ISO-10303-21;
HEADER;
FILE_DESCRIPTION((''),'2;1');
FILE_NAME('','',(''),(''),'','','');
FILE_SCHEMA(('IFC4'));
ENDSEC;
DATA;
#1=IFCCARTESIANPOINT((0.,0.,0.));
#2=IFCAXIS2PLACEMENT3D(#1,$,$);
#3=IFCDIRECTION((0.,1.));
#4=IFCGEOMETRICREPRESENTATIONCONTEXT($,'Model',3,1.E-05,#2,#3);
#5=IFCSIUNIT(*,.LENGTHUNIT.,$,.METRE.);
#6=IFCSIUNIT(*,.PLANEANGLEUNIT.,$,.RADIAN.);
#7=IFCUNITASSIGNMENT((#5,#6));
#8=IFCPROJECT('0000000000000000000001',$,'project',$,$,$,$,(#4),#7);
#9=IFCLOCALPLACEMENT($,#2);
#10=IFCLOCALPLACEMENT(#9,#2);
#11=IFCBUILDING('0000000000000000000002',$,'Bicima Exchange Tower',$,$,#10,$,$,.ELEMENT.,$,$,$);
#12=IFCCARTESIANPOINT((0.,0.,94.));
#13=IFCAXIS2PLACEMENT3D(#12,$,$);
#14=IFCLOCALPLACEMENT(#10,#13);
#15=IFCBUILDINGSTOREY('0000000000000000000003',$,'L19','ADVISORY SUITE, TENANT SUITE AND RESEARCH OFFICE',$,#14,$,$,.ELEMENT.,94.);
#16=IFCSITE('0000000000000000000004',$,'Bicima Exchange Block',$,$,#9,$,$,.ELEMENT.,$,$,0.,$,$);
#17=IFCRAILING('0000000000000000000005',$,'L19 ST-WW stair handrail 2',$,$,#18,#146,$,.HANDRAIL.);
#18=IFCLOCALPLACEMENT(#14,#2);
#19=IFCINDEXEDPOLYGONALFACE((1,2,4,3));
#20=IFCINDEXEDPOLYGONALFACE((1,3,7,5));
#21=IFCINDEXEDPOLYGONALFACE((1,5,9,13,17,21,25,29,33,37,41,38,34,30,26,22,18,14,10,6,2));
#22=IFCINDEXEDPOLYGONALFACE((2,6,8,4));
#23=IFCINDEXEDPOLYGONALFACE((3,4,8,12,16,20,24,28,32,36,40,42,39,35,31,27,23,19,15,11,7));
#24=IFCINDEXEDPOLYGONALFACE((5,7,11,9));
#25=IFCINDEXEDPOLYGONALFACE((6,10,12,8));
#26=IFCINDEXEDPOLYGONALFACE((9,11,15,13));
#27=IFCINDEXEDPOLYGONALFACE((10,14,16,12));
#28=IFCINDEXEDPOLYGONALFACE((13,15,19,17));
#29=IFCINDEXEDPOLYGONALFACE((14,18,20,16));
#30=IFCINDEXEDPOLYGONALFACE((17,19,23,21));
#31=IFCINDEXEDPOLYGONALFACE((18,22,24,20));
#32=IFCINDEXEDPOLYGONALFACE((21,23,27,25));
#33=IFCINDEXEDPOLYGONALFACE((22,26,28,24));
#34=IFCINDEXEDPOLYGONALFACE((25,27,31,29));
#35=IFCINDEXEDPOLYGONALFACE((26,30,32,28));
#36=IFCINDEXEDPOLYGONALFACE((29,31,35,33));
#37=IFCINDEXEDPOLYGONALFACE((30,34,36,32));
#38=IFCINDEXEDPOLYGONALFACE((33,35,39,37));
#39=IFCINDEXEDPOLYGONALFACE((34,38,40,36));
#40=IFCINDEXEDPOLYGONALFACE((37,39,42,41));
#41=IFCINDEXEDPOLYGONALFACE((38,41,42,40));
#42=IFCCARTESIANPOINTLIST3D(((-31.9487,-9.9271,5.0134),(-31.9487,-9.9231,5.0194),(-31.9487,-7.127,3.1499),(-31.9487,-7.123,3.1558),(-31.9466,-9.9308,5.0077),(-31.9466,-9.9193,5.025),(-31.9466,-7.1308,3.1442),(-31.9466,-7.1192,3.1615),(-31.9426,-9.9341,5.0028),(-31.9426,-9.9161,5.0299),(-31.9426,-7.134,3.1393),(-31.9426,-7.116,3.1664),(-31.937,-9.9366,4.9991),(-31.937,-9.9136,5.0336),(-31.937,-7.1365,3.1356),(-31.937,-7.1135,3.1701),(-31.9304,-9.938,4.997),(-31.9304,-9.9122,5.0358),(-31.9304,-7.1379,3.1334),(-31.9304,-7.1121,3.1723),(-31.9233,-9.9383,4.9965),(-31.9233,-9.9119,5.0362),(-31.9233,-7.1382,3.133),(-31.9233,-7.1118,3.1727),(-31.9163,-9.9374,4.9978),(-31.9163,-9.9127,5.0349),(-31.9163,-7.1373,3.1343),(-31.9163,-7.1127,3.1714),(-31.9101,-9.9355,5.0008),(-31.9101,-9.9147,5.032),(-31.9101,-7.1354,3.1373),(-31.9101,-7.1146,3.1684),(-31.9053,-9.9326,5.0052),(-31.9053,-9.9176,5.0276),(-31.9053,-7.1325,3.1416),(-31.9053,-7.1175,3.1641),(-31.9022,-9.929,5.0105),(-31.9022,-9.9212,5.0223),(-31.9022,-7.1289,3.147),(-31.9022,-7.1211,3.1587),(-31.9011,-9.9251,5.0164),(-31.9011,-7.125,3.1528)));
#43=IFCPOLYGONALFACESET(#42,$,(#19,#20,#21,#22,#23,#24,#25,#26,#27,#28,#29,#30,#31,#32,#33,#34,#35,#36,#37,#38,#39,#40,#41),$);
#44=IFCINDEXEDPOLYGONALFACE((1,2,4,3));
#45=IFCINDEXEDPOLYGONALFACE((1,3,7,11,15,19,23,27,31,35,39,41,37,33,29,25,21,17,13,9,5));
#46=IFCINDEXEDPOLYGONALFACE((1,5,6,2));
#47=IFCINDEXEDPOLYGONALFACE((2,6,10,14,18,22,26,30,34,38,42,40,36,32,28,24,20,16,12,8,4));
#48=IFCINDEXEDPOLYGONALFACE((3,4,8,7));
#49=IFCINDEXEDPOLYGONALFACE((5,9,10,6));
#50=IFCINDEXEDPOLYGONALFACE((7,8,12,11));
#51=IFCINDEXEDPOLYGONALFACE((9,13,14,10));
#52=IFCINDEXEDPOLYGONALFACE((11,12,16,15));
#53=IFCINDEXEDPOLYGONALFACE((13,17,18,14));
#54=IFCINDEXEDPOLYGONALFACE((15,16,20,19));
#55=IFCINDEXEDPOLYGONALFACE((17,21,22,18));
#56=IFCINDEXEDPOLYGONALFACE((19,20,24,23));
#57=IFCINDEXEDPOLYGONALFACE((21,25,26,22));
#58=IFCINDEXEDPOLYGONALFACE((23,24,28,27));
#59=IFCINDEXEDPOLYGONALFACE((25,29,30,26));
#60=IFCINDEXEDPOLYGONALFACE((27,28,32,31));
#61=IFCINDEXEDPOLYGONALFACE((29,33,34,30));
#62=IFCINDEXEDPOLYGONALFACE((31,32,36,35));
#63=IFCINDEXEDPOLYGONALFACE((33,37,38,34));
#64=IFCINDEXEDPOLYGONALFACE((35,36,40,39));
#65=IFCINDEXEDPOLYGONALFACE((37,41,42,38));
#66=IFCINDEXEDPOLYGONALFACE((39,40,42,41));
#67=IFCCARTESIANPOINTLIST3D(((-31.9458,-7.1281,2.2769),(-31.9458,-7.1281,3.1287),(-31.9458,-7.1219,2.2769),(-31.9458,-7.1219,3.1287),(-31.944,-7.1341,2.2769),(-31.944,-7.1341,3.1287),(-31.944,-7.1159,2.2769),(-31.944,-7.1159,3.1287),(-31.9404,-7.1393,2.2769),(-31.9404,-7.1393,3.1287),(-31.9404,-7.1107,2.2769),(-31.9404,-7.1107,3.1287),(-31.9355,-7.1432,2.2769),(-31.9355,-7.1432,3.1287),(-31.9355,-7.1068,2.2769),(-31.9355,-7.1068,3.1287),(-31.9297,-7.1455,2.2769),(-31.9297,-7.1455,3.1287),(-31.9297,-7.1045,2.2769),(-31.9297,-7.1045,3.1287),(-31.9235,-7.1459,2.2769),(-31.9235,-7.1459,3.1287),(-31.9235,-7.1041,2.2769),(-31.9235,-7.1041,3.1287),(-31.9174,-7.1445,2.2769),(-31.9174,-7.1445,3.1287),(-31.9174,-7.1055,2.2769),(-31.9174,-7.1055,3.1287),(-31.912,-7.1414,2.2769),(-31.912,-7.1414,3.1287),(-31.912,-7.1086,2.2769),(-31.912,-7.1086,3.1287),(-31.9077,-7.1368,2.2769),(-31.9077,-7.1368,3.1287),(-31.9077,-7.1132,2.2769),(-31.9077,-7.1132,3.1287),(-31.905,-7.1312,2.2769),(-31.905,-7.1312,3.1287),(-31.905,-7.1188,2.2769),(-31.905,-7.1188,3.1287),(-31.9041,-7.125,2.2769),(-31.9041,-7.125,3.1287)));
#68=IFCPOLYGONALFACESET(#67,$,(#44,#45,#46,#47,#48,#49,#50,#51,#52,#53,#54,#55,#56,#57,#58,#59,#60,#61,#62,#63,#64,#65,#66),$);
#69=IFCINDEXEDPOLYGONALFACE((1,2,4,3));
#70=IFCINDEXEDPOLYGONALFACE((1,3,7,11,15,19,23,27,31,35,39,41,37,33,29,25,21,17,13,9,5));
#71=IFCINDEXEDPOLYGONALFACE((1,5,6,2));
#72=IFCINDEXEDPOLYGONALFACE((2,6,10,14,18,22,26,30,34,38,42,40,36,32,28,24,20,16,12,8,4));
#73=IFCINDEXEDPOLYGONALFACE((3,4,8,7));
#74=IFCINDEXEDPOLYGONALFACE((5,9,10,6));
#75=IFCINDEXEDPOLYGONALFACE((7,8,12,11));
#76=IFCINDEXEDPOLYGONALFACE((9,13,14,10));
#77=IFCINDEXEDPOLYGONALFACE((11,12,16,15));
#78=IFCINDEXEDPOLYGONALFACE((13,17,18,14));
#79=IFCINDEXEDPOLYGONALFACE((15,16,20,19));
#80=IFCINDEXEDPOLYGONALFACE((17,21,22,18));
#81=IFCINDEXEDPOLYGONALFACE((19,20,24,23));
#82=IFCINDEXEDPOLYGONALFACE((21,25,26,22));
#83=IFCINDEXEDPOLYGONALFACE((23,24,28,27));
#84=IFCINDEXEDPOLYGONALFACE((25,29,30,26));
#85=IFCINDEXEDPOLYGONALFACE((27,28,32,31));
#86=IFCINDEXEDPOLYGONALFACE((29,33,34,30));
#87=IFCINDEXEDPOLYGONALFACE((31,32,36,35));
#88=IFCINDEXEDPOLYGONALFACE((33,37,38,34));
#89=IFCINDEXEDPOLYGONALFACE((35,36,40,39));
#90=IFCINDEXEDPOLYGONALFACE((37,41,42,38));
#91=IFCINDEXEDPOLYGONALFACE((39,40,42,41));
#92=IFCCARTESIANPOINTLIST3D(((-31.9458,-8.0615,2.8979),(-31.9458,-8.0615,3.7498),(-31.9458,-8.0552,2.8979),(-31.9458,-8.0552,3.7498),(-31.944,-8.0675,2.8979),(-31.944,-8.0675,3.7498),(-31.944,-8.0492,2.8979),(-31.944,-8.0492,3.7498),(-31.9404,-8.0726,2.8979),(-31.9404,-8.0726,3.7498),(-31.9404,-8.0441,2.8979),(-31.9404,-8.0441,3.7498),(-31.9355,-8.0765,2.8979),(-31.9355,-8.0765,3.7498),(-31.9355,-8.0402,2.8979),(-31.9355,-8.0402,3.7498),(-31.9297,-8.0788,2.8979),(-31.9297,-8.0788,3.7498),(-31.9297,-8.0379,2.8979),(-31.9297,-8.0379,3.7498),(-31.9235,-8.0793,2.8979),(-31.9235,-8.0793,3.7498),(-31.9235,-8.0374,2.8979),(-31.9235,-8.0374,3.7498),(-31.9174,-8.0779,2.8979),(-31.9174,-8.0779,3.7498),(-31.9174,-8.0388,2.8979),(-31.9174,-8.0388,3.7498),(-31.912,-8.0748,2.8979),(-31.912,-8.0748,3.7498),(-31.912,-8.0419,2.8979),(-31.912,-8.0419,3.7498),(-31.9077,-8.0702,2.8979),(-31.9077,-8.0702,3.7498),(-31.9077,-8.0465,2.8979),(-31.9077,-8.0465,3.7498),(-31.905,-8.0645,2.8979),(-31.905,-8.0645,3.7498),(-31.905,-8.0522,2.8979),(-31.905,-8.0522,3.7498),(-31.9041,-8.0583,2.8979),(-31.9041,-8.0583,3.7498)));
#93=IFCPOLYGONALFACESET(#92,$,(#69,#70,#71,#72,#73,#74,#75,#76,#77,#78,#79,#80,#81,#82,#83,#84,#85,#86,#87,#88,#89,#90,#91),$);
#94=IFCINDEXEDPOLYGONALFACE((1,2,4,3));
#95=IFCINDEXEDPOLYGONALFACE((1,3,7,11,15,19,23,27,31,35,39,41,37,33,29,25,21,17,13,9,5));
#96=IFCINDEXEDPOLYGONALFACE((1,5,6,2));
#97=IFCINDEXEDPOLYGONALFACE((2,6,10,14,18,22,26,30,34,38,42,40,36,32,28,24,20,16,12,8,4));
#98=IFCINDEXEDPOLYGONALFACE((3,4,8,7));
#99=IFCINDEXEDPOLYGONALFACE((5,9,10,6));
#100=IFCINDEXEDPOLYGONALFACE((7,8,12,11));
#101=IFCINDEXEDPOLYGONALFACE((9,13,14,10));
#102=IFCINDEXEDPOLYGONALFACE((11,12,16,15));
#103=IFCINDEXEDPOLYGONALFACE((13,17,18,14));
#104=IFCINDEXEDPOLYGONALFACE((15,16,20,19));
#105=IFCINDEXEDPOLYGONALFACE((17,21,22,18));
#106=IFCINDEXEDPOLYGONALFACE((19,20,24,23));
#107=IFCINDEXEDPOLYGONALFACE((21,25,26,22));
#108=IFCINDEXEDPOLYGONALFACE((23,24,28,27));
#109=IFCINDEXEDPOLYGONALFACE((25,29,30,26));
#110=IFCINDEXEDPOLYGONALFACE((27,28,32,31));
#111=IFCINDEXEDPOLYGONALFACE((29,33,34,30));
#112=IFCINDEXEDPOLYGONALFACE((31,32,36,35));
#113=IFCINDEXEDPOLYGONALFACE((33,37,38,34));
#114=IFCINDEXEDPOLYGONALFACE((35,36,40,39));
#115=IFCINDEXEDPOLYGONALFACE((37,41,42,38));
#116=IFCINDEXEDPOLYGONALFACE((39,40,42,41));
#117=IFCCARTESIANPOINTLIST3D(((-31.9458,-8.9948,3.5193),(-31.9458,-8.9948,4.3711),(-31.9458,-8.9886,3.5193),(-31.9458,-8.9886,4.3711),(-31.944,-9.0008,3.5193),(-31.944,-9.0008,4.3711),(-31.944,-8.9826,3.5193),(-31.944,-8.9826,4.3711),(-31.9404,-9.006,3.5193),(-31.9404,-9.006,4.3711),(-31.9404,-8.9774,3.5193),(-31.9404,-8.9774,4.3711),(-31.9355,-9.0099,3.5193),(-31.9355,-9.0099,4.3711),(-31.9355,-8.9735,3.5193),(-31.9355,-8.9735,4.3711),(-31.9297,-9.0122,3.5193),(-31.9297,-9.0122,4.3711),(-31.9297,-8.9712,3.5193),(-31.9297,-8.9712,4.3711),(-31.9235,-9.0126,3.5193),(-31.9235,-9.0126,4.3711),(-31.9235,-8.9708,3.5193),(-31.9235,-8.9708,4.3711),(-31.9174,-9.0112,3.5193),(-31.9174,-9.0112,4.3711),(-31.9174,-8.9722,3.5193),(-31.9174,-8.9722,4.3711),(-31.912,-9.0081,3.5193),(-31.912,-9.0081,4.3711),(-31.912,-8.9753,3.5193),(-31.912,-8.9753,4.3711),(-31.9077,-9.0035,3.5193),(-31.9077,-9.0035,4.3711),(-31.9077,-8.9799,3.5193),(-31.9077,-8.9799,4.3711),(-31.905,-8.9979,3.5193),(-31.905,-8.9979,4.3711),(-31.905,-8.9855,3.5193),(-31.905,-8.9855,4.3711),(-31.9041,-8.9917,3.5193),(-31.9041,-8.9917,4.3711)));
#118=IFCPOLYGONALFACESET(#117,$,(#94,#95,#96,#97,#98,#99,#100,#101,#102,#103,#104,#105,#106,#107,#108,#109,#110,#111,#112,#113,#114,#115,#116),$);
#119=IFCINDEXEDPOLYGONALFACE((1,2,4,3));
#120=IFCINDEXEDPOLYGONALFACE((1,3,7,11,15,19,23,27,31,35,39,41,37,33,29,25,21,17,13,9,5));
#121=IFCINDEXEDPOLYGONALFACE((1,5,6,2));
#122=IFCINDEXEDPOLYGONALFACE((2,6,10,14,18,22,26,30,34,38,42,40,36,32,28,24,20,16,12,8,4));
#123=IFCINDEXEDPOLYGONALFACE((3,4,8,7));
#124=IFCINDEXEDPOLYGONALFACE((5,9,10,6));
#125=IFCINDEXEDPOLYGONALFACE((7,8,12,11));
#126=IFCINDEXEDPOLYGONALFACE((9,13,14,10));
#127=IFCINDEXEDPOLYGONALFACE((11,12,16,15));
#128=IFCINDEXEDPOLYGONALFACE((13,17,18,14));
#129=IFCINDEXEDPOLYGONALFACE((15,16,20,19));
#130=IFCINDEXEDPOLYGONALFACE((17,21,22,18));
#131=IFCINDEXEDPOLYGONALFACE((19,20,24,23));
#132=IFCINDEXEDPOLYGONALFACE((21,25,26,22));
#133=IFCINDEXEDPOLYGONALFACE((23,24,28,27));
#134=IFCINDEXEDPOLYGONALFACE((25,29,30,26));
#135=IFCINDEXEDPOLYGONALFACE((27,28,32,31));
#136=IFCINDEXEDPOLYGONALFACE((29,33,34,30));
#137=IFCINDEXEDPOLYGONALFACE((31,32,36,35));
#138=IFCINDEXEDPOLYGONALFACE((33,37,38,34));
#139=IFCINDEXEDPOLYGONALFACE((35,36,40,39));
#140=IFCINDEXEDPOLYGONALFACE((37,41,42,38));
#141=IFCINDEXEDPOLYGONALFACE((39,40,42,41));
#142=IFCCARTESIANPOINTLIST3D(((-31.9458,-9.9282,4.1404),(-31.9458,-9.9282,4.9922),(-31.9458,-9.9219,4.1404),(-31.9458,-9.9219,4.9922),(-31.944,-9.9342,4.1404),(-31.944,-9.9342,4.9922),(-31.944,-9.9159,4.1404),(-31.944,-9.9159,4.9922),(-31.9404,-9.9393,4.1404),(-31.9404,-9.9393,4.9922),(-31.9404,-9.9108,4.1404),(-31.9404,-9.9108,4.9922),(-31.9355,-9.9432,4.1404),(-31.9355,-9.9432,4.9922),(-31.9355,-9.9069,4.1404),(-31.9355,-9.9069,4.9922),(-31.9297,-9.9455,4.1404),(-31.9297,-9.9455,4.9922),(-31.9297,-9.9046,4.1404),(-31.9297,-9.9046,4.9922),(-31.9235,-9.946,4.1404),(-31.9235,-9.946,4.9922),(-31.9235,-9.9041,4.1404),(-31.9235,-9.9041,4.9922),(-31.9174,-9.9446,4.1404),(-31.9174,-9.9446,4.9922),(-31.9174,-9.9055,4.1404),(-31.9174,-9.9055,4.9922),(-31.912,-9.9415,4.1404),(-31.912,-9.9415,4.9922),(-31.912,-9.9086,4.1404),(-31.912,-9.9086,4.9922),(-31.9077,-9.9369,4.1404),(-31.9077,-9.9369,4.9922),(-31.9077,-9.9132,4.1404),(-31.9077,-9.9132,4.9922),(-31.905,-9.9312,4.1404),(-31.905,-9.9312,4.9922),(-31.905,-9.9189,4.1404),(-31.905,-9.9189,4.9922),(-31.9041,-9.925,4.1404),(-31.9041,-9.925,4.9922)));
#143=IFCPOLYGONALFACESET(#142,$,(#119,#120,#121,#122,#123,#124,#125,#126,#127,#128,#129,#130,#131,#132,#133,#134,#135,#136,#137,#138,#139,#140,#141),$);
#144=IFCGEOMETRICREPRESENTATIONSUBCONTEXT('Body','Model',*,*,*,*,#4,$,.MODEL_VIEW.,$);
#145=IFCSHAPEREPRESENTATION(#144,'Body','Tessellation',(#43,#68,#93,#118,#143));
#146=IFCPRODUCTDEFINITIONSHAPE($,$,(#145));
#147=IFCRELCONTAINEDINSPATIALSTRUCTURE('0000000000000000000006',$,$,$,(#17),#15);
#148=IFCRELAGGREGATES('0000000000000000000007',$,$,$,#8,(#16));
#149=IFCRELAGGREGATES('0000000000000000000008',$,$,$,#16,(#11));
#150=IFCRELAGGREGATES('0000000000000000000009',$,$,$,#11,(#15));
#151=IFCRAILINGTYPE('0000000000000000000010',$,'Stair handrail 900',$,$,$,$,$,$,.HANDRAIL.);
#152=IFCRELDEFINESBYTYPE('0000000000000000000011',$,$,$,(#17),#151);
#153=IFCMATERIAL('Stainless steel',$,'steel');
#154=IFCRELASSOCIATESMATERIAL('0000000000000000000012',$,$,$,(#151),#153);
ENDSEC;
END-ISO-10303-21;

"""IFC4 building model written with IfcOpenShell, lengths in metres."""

from ifc_helpers import new_model, si_unit, direction, frame, origin, origin_2d, place, context, subcontext, project, spatial, circle, extrude, material, type_object, element, save


model = new_model("IFC4")

# Units and contexts
model_context = context("Model", 3, precision=1e-05, world=origin(), true_north=direction((0.0, 1.0)))
body_context = subcontext(model_context, "Body", "Model", "MODEL_VIEW")
ifc_project = project(units=[si_unit("LENGTHUNIT", "METRE"), si_unit("PLANEANGLEUNIT", "RADIAN")], contexts=[model_context])

# Site, building, storey
site_placement = place(None, origin())
site = spatial("IfcSite", under=ifc_project, at=site_placement, Name="Bicima Exchange Block", CompositionType="ELEMENT", RefElevation=0.0)
building_placement = place(site_placement, origin())
building = spatial("IfcBuilding", under=site, at=building_placement, Name="Bicima Exchange Tower", CompositionType="ELEMENT")
storey_placement = place(building_placement, frame((0.0, 0.0, 94.0)))
storey = spatial("IfcBuildingStorey", under=building, at=storey_placement, Name="L19", Description="ADVISORY SUITE, TENANT SUITE AND RESEARCH OFFICE", CompositionType="ELEMENT", Elevation=94.0)

# Railing
ifc_material_1 = material(Name="Stainless steel", Category="steel")
railing_type = type_object("IfcRailingType", Name="Stair handrail 900", PredefinedType="HANDRAIL", material=ifc_material_1)
railing_placement = place(storey_placement, frame((-31.925, -7.125, 2.2769)))
element("IfcRailing", 1, at=railing_placement, inside=storey, type_object=railing_type, Name="L19 ST-WW stair handrail 2", PredefinedType="HANDRAIL", context=body_context, shape_type="SweptSolid", body=[
    extrude(circle(Radius=0.0239, at=origin_2d()), frame((0.0, 0.0, 0.876), z_axis=(0.0, -0.832486, 0.554047), x_axis=(1.0, 0.0, 0.0)), (0.0, 0.0, 1.0), 3.3635),
    extrude(circle(Radius=0.021, at=origin_2d()), origin(), (0.0, 0.0, 1.0), 0.8518),
    extrude(circle(Radius=0.021, at=origin_2d()), frame((0.0, -0.9333, 0.6211)), (0.0, 0.0, 1.0), 0.8518),
    extrude(circle(Radius=0.021, at=origin_2d()), frame((0.0, -1.8667, 1.2424)), (0.0, 0.0, 1.0), 0.8518),
    extrude(circle(Radius=0.021, at=origin_2d()), frame((0.0, -2.8, 1.8635)), (0.0, 0.0, 1.0), 0.8518),
])

save(model, "model.ifc")
